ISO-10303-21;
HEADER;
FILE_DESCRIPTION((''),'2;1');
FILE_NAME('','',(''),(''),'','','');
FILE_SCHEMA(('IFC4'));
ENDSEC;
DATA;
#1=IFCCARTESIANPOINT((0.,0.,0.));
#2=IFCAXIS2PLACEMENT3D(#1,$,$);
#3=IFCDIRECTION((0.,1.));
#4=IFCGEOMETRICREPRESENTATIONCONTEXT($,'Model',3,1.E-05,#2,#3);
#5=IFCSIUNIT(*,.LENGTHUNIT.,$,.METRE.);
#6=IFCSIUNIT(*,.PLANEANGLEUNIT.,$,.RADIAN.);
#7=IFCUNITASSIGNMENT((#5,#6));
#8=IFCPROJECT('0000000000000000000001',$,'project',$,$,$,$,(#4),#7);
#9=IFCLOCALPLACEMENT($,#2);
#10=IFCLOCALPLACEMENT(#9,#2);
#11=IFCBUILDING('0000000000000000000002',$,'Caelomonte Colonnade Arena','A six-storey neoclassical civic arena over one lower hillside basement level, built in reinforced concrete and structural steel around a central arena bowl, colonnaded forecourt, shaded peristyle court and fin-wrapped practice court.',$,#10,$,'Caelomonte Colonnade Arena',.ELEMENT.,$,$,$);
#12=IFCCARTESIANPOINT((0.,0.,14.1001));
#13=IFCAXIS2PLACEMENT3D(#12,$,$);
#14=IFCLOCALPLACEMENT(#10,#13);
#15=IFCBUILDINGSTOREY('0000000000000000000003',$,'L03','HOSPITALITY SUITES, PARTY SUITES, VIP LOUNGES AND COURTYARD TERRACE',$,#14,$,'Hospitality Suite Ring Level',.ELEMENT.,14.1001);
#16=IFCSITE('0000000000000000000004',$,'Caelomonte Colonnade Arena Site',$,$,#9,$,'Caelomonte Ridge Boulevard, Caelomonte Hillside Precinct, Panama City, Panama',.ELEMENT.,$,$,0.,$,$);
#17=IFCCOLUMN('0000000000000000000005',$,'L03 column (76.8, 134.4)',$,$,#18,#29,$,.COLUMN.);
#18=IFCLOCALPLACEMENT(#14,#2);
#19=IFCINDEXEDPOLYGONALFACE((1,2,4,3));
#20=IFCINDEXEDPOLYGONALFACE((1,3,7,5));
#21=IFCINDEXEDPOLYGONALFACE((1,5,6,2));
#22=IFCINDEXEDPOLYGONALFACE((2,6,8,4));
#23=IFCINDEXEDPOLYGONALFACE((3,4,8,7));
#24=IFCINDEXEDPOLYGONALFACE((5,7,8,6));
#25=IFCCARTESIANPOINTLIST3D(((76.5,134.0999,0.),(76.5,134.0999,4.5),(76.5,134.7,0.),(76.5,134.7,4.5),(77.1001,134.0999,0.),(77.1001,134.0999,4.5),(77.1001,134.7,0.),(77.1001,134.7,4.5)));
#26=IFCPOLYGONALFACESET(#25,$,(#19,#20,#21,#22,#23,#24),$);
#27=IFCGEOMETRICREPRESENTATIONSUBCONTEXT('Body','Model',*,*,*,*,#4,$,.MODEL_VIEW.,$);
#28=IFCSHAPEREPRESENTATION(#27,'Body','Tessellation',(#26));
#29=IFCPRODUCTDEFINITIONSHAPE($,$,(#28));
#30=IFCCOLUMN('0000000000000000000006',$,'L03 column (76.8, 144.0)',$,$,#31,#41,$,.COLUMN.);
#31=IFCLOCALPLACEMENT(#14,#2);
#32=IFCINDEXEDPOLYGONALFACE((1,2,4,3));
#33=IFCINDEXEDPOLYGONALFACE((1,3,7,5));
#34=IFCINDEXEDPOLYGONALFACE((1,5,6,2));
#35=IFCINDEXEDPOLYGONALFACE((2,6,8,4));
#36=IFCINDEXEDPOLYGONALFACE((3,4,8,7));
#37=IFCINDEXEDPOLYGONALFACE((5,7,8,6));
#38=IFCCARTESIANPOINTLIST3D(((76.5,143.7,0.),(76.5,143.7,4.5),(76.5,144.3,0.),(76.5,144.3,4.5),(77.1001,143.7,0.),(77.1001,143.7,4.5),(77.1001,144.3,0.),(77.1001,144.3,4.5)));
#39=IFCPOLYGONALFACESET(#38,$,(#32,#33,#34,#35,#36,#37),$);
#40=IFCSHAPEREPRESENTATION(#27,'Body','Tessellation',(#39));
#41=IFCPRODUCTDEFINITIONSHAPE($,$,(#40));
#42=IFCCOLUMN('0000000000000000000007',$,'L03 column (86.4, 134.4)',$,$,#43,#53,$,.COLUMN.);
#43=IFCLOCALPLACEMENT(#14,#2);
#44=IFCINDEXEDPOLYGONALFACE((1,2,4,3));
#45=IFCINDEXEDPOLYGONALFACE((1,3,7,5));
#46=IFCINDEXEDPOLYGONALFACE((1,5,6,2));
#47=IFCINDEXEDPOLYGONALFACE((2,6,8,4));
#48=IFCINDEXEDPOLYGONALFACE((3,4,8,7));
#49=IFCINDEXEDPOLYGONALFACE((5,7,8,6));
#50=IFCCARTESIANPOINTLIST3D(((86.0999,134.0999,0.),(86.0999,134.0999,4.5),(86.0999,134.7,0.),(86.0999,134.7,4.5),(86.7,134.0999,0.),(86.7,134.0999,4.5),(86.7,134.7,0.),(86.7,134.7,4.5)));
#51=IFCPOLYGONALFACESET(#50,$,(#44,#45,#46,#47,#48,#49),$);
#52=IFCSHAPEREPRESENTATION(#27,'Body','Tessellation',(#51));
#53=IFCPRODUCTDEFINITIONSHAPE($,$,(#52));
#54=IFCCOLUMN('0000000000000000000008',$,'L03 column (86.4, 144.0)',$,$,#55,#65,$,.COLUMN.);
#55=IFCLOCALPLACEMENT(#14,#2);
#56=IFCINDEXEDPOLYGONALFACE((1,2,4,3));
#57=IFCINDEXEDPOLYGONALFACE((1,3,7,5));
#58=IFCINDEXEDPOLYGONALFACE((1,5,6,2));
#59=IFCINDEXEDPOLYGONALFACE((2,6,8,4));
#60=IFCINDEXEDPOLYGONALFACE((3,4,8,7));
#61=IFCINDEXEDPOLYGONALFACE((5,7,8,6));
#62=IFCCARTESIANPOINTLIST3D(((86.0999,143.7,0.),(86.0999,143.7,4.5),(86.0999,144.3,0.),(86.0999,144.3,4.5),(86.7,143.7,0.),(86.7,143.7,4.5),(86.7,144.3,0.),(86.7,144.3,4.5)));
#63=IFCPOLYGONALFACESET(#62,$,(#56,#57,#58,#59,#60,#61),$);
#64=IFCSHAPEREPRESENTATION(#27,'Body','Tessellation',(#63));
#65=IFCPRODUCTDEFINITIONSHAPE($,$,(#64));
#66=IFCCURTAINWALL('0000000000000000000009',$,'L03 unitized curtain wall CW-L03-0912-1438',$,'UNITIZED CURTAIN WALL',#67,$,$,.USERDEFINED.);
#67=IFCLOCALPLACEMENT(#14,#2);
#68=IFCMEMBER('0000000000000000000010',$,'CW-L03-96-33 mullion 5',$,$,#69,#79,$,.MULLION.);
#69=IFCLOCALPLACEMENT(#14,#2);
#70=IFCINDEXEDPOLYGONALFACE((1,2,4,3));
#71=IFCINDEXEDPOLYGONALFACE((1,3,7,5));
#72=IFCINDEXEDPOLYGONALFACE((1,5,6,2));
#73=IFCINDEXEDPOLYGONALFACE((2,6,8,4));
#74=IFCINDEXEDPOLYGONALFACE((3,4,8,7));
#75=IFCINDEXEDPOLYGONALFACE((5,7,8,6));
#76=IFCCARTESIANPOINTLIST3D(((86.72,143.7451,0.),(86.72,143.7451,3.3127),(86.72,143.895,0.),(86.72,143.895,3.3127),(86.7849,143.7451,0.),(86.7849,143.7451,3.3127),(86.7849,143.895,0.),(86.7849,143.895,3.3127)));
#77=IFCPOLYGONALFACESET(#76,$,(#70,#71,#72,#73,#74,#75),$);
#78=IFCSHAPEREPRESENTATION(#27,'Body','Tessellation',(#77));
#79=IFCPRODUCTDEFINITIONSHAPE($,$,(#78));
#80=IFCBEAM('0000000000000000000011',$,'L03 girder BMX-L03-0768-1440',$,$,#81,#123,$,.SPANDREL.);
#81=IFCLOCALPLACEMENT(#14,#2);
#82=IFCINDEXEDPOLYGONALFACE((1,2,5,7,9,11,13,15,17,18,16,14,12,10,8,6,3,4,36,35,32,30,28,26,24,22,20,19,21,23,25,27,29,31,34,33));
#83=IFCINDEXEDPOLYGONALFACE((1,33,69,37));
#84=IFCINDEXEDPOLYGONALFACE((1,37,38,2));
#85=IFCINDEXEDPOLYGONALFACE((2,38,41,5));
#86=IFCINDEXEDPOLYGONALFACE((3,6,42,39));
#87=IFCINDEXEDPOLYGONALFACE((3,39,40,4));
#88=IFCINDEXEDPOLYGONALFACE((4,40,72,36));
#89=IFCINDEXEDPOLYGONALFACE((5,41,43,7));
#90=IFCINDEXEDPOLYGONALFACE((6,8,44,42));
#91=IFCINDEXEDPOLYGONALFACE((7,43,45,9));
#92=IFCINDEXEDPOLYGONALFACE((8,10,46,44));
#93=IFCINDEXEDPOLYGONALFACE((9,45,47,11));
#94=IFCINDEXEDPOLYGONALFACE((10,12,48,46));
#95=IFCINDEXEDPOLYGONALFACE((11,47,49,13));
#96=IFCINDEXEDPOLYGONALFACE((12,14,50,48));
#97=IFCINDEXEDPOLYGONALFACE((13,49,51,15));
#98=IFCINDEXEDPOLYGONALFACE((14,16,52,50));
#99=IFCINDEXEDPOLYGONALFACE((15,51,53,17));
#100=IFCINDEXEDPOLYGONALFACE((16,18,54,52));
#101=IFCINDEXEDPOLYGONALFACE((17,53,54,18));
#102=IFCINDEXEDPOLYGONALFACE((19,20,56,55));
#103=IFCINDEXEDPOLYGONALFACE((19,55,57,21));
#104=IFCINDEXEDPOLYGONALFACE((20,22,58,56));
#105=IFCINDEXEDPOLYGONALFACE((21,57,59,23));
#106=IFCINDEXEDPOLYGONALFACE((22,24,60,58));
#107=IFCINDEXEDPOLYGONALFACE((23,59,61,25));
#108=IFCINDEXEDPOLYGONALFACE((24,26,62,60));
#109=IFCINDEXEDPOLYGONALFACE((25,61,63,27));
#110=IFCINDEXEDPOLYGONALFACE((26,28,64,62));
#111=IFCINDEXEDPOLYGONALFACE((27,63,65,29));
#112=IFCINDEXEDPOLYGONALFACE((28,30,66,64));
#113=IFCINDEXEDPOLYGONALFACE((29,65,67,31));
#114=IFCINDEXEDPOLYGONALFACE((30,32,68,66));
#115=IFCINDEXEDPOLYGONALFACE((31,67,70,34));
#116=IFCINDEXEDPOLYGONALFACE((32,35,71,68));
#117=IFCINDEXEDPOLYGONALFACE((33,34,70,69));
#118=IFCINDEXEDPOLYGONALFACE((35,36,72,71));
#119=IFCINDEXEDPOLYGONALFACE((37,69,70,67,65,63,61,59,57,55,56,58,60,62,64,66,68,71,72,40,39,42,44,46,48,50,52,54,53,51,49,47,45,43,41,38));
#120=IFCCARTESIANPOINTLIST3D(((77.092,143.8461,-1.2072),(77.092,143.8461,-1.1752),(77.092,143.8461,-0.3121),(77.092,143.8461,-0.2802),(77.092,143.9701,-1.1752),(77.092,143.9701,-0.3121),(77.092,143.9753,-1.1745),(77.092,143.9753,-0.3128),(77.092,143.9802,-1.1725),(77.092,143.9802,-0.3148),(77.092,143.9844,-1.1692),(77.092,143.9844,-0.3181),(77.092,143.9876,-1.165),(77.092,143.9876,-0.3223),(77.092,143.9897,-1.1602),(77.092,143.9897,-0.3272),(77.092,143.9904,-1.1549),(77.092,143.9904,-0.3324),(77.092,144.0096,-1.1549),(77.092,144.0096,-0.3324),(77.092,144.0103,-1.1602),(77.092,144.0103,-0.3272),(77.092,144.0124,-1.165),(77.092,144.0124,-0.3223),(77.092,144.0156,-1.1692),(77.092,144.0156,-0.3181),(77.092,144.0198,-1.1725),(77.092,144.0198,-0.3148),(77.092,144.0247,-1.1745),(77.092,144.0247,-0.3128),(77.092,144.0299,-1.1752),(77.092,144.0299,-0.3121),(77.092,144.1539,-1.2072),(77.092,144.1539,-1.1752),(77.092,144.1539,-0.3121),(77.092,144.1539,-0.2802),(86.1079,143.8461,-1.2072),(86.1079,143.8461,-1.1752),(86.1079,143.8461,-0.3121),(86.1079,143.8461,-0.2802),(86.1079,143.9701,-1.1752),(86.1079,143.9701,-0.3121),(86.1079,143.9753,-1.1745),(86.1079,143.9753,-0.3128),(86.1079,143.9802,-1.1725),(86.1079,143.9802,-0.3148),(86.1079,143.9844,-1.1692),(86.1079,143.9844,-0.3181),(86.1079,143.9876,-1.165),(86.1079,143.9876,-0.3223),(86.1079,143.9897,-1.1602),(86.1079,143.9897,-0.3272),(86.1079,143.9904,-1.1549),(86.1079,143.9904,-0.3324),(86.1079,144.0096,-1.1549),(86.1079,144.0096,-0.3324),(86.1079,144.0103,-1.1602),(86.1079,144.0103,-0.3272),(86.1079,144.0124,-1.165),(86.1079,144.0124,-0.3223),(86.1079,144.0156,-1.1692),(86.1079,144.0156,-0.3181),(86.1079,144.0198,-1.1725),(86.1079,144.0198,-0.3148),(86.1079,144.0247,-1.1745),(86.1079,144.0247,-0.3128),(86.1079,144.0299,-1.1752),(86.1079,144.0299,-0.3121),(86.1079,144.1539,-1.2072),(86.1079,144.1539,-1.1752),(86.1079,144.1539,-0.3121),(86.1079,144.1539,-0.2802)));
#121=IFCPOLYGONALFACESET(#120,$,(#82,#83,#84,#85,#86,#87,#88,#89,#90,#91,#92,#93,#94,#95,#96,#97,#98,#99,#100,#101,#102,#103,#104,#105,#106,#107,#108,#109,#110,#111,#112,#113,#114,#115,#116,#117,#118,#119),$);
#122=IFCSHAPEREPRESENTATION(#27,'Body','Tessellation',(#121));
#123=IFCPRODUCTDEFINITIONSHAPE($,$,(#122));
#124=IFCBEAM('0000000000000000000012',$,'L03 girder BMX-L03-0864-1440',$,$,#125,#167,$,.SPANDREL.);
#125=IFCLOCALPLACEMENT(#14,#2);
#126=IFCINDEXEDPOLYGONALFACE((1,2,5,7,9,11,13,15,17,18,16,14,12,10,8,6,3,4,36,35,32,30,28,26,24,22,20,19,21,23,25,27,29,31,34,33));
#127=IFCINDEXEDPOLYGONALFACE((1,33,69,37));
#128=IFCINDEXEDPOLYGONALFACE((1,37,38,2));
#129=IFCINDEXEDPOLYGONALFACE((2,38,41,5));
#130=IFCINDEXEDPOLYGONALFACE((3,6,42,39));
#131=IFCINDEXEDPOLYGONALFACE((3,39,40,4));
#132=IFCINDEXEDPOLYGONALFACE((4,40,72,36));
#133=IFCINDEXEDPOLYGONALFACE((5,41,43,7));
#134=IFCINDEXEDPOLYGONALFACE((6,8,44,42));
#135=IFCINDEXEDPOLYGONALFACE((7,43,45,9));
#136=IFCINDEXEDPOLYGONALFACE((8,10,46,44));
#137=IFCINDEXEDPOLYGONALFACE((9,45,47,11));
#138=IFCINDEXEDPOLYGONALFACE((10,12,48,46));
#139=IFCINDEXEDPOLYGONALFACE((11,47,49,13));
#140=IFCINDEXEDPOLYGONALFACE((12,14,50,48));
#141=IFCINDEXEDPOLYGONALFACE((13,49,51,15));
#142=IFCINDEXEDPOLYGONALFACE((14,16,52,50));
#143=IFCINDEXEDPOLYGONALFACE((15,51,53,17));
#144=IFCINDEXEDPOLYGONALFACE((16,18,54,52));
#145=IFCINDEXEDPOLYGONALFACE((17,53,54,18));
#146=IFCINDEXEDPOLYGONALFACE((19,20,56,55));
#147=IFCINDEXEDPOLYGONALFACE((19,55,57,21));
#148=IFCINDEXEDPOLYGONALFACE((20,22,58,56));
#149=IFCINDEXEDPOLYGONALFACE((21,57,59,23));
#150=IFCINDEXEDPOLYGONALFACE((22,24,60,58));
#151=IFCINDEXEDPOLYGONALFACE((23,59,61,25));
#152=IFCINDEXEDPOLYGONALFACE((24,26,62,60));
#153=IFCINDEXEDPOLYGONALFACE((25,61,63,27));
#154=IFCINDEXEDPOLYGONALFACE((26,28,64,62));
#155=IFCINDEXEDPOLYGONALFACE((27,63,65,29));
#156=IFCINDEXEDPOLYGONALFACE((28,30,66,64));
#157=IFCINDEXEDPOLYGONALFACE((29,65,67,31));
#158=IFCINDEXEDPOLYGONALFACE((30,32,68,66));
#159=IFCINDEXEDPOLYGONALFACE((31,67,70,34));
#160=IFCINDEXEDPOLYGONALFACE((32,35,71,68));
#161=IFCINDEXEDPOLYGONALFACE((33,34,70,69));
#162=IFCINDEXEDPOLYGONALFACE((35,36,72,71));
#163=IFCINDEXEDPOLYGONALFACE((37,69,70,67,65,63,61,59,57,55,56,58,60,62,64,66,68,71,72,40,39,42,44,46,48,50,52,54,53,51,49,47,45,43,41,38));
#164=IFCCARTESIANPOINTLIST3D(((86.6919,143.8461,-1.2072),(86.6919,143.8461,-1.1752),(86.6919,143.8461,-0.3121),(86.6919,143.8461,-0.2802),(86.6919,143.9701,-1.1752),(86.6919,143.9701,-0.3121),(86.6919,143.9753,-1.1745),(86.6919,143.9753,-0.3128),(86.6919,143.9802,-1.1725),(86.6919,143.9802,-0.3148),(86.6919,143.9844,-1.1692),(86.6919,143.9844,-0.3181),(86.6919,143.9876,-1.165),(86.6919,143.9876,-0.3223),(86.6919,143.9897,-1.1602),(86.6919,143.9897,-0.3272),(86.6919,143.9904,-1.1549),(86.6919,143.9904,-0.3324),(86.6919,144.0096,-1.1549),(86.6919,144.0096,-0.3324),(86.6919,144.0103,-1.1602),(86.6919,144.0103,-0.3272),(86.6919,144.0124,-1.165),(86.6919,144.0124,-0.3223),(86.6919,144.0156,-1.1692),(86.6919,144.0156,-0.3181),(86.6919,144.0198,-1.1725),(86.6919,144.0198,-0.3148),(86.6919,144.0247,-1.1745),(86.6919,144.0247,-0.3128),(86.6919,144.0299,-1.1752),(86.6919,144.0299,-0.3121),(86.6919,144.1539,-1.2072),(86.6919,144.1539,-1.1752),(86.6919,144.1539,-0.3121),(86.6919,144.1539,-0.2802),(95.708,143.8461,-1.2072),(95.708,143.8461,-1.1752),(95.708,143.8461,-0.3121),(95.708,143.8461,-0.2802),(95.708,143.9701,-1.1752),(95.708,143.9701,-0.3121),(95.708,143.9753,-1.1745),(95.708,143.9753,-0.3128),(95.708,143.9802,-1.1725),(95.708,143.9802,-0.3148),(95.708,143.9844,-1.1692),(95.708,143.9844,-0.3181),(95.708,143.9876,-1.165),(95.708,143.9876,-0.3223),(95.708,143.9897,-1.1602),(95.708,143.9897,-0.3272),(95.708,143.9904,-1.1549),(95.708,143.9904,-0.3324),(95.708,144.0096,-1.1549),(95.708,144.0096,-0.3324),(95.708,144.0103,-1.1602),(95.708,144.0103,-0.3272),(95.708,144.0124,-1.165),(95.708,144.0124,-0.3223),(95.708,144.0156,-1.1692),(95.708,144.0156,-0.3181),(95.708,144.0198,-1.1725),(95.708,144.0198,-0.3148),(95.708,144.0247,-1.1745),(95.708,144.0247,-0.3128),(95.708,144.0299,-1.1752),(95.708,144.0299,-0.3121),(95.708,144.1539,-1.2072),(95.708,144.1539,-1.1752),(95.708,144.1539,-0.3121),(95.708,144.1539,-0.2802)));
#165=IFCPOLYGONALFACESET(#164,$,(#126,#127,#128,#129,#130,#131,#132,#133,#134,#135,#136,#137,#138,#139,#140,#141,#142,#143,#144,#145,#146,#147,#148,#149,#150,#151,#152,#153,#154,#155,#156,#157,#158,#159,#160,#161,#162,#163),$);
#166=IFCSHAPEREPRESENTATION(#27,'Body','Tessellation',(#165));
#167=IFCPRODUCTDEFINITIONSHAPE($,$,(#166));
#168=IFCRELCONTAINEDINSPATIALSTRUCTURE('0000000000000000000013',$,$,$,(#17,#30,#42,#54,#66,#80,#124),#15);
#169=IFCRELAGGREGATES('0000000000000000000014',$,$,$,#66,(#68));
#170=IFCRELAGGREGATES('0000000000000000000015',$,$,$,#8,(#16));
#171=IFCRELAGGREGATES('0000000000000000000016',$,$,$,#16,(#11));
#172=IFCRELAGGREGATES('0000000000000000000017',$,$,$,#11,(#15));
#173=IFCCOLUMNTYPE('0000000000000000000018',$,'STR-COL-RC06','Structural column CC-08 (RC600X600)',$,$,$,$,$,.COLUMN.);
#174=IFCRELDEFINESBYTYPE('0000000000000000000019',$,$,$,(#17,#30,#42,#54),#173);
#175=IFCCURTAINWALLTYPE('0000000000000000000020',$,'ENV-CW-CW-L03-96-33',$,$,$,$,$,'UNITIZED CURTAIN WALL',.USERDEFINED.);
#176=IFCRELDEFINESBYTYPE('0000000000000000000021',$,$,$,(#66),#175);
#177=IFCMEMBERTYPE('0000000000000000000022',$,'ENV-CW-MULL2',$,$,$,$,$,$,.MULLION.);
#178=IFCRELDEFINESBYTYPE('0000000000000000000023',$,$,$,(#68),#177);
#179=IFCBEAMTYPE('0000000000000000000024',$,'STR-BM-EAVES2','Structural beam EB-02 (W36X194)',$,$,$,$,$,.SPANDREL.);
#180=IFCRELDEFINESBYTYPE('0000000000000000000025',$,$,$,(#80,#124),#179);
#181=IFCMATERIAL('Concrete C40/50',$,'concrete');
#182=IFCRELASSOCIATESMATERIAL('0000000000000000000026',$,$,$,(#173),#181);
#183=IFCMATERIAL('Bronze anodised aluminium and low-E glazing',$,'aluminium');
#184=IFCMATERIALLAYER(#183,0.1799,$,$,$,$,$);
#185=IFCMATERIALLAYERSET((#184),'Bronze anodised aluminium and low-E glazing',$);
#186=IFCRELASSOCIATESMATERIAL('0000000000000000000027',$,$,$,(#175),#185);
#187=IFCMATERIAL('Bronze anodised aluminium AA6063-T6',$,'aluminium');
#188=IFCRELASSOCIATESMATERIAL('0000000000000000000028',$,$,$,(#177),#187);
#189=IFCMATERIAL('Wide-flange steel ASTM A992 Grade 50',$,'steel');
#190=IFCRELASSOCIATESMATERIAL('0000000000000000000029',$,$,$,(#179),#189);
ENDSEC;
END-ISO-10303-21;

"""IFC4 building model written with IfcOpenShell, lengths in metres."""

from ifc_helpers import new_model, si_unit, direction, frame, origin, origin_2d, place, context, subcontext, project, spatial, rectangle, i_section, extrude, material, layer, layer_set, material_profile, profile_set, type_object, element, aggregate, save


model = new_model("IFC4")

# Units and contexts
model_context = context("Model", 3, precision=1e-05, world=origin(), true_north=direction((0.0, 1.0)))
body_context = subcontext(model_context, "Body", "Model", "MODEL_VIEW")
ifc_project = project(units=[si_unit("LENGTHUNIT", "METRE"), si_unit("PLANEANGLEUNIT", "RADIAN")], contexts=[model_context])

# Site, building, storey
site_placement = place(None, origin())
site = spatial("IfcSite", under=ifc_project, at=site_placement, Name="Caelomonte Colonnade Arena Site", LongName="Caelomonte Ridge Boulevard, Caelomonte Hillside Precinct, Panama City, Panama", CompositionType="ELEMENT", RefElevation=0.0)
building_placement = place(site_placement, origin())
building = spatial("IfcBuilding", under=site, at=building_placement, Name="Caelomonte Colonnade Arena", Description="A six-storey neoclassical civic arena over one lower hillside basement level, built in reinforced concrete and structural steel around a central arena bowl, colonnaded forecourt, shaded peristyle court and fin-wrapped practice court.", LongName="Caelomonte Colonnade Arena", CompositionType="ELEMENT")
storey_placement = place(building_placement, frame((0.0, 0.0, 14.1001)))
storey = spatial("IfcBuildingStorey", under=building, at=storey_placement, Name="L03", Description="HOSPITALITY SUITES, PARTY SUITES, VIP LOUNGES AND COURTYARD TERRACE", LongName="Hospitality Suite Ring Level", CompositionType="ELEMENT", Elevation=14.1001)

# Columns
ifc_material_1 = material(Name="Concrete C40/50", Category="concrete")
ifc_material_profile_1 = material_profile(ifc_material_1, rectangle(XDim=0.6001, YDim=0.6001, at=origin_2d()), Name="RC600X600")
ifc_profile_set_1 = profile_set([ifc_material_profile_1], Name="Concrete C40/50")
column_type = type_object("IfcColumnType", Name="STR-COL-RC06", Description="Structural column CC-08 (RC600X600)", PredefinedType="COLUMN", material=ifc_profile_set_1)
for number, where, z_axis, x_axis, name in (
    (1, (76.8, 134.3999, 0.0), (0.0, 0.0, 1.0), (1.0, 0.0, 0.0), "L03 column (76.8, 134.4)"),
    (2, (76.8, 144.0, 0.0), (0.0, 0.0, 1.0), (1.0, 0.0, 0.0), "L03 column (76.8, 144.0)"),
    (3, (86.3999, 134.3999, 0.0), (0.0, 0.0, 1.0), (1.0, 0.0, 0.0), "L03 column (86.4, 134.4)"),
    (4, (86.3999, 144.0, 0.0), (0.0, 0.0, 1.0), (1.0, 0.0, 0.0), "L03 column (86.4, 144.0)"),
):
    element("IfcColumn", number, at=place(storey_placement, frame(where, z_axis=z_axis, x_axis=x_axis)), inside=storey, type_object=column_type, Name=name, PredefinedType="COLUMN", context=body_context, shape_type="SweptSolid", body=[
        extrude(rectangle(XDim=0.6001, YDim=0.6001, at=origin_2d()), origin(), (0.0, 0.0, 1.0), 4.5),
    ])

# Curtain wall, member
ifc_material_2 = material(Name="Bronze anodised aluminium and low-E glazing", Category="aluminium")
ifc_layer_1 = layer(ifc_material_2, 0.1799)
ifc_layer_set_1 = layer_set([ifc_layer_1], Name="Bronze anodised aluminium and low-E glazing")
curtain_wall_type = type_object("IfcCurtainWallType", Name="ENV-CW-CW-L03-96-33", ElementType="UNITIZED CURTAIN WALL", PredefinedType="USERDEFINED", material=ifc_layer_set_1)
curtain_wall_placement = place(storey_placement, origin())
curtain_wall = element("IfcCurtainWall", 5, at=curtain_wall_placement, inside=storey, type_object=curtain_wall_type, Name="L03 unitized curtain wall CW-L03-0912-1438", ObjectType="UNITIZED CURTAIN WALL", PredefinedType="USERDEFINED")
ifc_material_3 = material(Name="Bronze anodised aluminium AA6063-T6", Category="aluminium")
ifc_material_profile_2 = material_profile(ifc_material_3, rectangle(XDim=0.0649, YDim=0.1499, at=origin_2d()), Name="CWM-65X150")
ifc_profile_set_2 = profile_set([ifc_material_profile_2], Name="Bronze anodised aluminium AA6063-T6")
member_type = type_object("IfcMemberType", Name="ENV-CW-MULL2", PredefinedType="MULLION", material=ifc_profile_set_2)
member_placement = place(storey_placement, frame((86.7524, 143.8201, 0.0), z_axis=(0.0, 0.0, 1.0), x_axis=(-1.0, 0.0, 0.0)))
member = element("IfcMember", 6, at=member_placement, type_object=member_type, Name="CW-L03-96-33 mullion 5", PredefinedType="MULLION", context=body_context, shape_type="SweptSolid", body=[
    extrude(rectangle(XDim=0.0649, YDim=0.1499, at=origin_2d()), origin(), (0.0, 0.0, 1.0), 3.3127),
])
aggregate(curtain_wall, [member])

# Beams
ifc_material_4 = material(Name="Wide-flange steel ASTM A992 Grade 50", Category="steel")
ifc_material_profile_3 = material_profile(ifc_material_4, i_section(OverallWidth=0.3079, OverallDepth=0.927, WebThickness=0.0193, FlangeThickness=0.032, FilletRadius=0.0203, at=origin_2d()), Name="W36X194")
ifc_profile_set_3 = profile_set([ifc_material_profile_3], Name="Wide-flange steel ASTM A992 Grade 50")
beam_type_1 = type_object("IfcBeamType", Name="STR-BM-EAVES2", Description="Structural beam EB-02 (W36X194)", PredefinedType="SPANDREL", material=ifc_profile_set_3)
beam_1_placement = place(storey_placement, frame((77.092, 144.0, -0.7437), z_axis=(1.0, 0.0, 0.0), x_axis=(0.0, 1.0, 0.0)))
element("IfcBeam", 7, at=beam_1_placement, inside=storey, type_object=beam_type_1, Name="L03 girder BMX-L03-0768-1440", PredefinedType="SPANDREL", context=body_context, shape_type="SweptSolid", body=[
    extrude(i_section(OverallWidth=0.3079, OverallDepth=0.927, WebThickness=0.0193, FlangeThickness=0.032, FilletRadius=0.0203, at=origin_2d()), origin(), (0.0, 0.0, 1.0), 9.0159),
])
beam_2_placement = place(storey_placement, frame((86.6919, 144.0, -0.7437), z_axis=(1.0, 0.0, 0.0), x_axis=(0.0, 1.0, 0.0)))
element("IfcBeam", 8, at=beam_2_placement, inside=storey, type_object=beam_type_1, Name="L03 girder BMX-L03-0864-1440", PredefinedType="SPANDREL", context=body_context, shape_type="SweptSolid", body=[
    extrude(i_section(OverallWidth=0.3079, OverallDepth=0.927, WebThickness=0.0193, FlangeThickness=0.032, FilletRadius=0.0203, at=origin_2d()), origin(), (0.0, 0.0, 1.0), 9.0161),
])

save(model, "model.ifc")
